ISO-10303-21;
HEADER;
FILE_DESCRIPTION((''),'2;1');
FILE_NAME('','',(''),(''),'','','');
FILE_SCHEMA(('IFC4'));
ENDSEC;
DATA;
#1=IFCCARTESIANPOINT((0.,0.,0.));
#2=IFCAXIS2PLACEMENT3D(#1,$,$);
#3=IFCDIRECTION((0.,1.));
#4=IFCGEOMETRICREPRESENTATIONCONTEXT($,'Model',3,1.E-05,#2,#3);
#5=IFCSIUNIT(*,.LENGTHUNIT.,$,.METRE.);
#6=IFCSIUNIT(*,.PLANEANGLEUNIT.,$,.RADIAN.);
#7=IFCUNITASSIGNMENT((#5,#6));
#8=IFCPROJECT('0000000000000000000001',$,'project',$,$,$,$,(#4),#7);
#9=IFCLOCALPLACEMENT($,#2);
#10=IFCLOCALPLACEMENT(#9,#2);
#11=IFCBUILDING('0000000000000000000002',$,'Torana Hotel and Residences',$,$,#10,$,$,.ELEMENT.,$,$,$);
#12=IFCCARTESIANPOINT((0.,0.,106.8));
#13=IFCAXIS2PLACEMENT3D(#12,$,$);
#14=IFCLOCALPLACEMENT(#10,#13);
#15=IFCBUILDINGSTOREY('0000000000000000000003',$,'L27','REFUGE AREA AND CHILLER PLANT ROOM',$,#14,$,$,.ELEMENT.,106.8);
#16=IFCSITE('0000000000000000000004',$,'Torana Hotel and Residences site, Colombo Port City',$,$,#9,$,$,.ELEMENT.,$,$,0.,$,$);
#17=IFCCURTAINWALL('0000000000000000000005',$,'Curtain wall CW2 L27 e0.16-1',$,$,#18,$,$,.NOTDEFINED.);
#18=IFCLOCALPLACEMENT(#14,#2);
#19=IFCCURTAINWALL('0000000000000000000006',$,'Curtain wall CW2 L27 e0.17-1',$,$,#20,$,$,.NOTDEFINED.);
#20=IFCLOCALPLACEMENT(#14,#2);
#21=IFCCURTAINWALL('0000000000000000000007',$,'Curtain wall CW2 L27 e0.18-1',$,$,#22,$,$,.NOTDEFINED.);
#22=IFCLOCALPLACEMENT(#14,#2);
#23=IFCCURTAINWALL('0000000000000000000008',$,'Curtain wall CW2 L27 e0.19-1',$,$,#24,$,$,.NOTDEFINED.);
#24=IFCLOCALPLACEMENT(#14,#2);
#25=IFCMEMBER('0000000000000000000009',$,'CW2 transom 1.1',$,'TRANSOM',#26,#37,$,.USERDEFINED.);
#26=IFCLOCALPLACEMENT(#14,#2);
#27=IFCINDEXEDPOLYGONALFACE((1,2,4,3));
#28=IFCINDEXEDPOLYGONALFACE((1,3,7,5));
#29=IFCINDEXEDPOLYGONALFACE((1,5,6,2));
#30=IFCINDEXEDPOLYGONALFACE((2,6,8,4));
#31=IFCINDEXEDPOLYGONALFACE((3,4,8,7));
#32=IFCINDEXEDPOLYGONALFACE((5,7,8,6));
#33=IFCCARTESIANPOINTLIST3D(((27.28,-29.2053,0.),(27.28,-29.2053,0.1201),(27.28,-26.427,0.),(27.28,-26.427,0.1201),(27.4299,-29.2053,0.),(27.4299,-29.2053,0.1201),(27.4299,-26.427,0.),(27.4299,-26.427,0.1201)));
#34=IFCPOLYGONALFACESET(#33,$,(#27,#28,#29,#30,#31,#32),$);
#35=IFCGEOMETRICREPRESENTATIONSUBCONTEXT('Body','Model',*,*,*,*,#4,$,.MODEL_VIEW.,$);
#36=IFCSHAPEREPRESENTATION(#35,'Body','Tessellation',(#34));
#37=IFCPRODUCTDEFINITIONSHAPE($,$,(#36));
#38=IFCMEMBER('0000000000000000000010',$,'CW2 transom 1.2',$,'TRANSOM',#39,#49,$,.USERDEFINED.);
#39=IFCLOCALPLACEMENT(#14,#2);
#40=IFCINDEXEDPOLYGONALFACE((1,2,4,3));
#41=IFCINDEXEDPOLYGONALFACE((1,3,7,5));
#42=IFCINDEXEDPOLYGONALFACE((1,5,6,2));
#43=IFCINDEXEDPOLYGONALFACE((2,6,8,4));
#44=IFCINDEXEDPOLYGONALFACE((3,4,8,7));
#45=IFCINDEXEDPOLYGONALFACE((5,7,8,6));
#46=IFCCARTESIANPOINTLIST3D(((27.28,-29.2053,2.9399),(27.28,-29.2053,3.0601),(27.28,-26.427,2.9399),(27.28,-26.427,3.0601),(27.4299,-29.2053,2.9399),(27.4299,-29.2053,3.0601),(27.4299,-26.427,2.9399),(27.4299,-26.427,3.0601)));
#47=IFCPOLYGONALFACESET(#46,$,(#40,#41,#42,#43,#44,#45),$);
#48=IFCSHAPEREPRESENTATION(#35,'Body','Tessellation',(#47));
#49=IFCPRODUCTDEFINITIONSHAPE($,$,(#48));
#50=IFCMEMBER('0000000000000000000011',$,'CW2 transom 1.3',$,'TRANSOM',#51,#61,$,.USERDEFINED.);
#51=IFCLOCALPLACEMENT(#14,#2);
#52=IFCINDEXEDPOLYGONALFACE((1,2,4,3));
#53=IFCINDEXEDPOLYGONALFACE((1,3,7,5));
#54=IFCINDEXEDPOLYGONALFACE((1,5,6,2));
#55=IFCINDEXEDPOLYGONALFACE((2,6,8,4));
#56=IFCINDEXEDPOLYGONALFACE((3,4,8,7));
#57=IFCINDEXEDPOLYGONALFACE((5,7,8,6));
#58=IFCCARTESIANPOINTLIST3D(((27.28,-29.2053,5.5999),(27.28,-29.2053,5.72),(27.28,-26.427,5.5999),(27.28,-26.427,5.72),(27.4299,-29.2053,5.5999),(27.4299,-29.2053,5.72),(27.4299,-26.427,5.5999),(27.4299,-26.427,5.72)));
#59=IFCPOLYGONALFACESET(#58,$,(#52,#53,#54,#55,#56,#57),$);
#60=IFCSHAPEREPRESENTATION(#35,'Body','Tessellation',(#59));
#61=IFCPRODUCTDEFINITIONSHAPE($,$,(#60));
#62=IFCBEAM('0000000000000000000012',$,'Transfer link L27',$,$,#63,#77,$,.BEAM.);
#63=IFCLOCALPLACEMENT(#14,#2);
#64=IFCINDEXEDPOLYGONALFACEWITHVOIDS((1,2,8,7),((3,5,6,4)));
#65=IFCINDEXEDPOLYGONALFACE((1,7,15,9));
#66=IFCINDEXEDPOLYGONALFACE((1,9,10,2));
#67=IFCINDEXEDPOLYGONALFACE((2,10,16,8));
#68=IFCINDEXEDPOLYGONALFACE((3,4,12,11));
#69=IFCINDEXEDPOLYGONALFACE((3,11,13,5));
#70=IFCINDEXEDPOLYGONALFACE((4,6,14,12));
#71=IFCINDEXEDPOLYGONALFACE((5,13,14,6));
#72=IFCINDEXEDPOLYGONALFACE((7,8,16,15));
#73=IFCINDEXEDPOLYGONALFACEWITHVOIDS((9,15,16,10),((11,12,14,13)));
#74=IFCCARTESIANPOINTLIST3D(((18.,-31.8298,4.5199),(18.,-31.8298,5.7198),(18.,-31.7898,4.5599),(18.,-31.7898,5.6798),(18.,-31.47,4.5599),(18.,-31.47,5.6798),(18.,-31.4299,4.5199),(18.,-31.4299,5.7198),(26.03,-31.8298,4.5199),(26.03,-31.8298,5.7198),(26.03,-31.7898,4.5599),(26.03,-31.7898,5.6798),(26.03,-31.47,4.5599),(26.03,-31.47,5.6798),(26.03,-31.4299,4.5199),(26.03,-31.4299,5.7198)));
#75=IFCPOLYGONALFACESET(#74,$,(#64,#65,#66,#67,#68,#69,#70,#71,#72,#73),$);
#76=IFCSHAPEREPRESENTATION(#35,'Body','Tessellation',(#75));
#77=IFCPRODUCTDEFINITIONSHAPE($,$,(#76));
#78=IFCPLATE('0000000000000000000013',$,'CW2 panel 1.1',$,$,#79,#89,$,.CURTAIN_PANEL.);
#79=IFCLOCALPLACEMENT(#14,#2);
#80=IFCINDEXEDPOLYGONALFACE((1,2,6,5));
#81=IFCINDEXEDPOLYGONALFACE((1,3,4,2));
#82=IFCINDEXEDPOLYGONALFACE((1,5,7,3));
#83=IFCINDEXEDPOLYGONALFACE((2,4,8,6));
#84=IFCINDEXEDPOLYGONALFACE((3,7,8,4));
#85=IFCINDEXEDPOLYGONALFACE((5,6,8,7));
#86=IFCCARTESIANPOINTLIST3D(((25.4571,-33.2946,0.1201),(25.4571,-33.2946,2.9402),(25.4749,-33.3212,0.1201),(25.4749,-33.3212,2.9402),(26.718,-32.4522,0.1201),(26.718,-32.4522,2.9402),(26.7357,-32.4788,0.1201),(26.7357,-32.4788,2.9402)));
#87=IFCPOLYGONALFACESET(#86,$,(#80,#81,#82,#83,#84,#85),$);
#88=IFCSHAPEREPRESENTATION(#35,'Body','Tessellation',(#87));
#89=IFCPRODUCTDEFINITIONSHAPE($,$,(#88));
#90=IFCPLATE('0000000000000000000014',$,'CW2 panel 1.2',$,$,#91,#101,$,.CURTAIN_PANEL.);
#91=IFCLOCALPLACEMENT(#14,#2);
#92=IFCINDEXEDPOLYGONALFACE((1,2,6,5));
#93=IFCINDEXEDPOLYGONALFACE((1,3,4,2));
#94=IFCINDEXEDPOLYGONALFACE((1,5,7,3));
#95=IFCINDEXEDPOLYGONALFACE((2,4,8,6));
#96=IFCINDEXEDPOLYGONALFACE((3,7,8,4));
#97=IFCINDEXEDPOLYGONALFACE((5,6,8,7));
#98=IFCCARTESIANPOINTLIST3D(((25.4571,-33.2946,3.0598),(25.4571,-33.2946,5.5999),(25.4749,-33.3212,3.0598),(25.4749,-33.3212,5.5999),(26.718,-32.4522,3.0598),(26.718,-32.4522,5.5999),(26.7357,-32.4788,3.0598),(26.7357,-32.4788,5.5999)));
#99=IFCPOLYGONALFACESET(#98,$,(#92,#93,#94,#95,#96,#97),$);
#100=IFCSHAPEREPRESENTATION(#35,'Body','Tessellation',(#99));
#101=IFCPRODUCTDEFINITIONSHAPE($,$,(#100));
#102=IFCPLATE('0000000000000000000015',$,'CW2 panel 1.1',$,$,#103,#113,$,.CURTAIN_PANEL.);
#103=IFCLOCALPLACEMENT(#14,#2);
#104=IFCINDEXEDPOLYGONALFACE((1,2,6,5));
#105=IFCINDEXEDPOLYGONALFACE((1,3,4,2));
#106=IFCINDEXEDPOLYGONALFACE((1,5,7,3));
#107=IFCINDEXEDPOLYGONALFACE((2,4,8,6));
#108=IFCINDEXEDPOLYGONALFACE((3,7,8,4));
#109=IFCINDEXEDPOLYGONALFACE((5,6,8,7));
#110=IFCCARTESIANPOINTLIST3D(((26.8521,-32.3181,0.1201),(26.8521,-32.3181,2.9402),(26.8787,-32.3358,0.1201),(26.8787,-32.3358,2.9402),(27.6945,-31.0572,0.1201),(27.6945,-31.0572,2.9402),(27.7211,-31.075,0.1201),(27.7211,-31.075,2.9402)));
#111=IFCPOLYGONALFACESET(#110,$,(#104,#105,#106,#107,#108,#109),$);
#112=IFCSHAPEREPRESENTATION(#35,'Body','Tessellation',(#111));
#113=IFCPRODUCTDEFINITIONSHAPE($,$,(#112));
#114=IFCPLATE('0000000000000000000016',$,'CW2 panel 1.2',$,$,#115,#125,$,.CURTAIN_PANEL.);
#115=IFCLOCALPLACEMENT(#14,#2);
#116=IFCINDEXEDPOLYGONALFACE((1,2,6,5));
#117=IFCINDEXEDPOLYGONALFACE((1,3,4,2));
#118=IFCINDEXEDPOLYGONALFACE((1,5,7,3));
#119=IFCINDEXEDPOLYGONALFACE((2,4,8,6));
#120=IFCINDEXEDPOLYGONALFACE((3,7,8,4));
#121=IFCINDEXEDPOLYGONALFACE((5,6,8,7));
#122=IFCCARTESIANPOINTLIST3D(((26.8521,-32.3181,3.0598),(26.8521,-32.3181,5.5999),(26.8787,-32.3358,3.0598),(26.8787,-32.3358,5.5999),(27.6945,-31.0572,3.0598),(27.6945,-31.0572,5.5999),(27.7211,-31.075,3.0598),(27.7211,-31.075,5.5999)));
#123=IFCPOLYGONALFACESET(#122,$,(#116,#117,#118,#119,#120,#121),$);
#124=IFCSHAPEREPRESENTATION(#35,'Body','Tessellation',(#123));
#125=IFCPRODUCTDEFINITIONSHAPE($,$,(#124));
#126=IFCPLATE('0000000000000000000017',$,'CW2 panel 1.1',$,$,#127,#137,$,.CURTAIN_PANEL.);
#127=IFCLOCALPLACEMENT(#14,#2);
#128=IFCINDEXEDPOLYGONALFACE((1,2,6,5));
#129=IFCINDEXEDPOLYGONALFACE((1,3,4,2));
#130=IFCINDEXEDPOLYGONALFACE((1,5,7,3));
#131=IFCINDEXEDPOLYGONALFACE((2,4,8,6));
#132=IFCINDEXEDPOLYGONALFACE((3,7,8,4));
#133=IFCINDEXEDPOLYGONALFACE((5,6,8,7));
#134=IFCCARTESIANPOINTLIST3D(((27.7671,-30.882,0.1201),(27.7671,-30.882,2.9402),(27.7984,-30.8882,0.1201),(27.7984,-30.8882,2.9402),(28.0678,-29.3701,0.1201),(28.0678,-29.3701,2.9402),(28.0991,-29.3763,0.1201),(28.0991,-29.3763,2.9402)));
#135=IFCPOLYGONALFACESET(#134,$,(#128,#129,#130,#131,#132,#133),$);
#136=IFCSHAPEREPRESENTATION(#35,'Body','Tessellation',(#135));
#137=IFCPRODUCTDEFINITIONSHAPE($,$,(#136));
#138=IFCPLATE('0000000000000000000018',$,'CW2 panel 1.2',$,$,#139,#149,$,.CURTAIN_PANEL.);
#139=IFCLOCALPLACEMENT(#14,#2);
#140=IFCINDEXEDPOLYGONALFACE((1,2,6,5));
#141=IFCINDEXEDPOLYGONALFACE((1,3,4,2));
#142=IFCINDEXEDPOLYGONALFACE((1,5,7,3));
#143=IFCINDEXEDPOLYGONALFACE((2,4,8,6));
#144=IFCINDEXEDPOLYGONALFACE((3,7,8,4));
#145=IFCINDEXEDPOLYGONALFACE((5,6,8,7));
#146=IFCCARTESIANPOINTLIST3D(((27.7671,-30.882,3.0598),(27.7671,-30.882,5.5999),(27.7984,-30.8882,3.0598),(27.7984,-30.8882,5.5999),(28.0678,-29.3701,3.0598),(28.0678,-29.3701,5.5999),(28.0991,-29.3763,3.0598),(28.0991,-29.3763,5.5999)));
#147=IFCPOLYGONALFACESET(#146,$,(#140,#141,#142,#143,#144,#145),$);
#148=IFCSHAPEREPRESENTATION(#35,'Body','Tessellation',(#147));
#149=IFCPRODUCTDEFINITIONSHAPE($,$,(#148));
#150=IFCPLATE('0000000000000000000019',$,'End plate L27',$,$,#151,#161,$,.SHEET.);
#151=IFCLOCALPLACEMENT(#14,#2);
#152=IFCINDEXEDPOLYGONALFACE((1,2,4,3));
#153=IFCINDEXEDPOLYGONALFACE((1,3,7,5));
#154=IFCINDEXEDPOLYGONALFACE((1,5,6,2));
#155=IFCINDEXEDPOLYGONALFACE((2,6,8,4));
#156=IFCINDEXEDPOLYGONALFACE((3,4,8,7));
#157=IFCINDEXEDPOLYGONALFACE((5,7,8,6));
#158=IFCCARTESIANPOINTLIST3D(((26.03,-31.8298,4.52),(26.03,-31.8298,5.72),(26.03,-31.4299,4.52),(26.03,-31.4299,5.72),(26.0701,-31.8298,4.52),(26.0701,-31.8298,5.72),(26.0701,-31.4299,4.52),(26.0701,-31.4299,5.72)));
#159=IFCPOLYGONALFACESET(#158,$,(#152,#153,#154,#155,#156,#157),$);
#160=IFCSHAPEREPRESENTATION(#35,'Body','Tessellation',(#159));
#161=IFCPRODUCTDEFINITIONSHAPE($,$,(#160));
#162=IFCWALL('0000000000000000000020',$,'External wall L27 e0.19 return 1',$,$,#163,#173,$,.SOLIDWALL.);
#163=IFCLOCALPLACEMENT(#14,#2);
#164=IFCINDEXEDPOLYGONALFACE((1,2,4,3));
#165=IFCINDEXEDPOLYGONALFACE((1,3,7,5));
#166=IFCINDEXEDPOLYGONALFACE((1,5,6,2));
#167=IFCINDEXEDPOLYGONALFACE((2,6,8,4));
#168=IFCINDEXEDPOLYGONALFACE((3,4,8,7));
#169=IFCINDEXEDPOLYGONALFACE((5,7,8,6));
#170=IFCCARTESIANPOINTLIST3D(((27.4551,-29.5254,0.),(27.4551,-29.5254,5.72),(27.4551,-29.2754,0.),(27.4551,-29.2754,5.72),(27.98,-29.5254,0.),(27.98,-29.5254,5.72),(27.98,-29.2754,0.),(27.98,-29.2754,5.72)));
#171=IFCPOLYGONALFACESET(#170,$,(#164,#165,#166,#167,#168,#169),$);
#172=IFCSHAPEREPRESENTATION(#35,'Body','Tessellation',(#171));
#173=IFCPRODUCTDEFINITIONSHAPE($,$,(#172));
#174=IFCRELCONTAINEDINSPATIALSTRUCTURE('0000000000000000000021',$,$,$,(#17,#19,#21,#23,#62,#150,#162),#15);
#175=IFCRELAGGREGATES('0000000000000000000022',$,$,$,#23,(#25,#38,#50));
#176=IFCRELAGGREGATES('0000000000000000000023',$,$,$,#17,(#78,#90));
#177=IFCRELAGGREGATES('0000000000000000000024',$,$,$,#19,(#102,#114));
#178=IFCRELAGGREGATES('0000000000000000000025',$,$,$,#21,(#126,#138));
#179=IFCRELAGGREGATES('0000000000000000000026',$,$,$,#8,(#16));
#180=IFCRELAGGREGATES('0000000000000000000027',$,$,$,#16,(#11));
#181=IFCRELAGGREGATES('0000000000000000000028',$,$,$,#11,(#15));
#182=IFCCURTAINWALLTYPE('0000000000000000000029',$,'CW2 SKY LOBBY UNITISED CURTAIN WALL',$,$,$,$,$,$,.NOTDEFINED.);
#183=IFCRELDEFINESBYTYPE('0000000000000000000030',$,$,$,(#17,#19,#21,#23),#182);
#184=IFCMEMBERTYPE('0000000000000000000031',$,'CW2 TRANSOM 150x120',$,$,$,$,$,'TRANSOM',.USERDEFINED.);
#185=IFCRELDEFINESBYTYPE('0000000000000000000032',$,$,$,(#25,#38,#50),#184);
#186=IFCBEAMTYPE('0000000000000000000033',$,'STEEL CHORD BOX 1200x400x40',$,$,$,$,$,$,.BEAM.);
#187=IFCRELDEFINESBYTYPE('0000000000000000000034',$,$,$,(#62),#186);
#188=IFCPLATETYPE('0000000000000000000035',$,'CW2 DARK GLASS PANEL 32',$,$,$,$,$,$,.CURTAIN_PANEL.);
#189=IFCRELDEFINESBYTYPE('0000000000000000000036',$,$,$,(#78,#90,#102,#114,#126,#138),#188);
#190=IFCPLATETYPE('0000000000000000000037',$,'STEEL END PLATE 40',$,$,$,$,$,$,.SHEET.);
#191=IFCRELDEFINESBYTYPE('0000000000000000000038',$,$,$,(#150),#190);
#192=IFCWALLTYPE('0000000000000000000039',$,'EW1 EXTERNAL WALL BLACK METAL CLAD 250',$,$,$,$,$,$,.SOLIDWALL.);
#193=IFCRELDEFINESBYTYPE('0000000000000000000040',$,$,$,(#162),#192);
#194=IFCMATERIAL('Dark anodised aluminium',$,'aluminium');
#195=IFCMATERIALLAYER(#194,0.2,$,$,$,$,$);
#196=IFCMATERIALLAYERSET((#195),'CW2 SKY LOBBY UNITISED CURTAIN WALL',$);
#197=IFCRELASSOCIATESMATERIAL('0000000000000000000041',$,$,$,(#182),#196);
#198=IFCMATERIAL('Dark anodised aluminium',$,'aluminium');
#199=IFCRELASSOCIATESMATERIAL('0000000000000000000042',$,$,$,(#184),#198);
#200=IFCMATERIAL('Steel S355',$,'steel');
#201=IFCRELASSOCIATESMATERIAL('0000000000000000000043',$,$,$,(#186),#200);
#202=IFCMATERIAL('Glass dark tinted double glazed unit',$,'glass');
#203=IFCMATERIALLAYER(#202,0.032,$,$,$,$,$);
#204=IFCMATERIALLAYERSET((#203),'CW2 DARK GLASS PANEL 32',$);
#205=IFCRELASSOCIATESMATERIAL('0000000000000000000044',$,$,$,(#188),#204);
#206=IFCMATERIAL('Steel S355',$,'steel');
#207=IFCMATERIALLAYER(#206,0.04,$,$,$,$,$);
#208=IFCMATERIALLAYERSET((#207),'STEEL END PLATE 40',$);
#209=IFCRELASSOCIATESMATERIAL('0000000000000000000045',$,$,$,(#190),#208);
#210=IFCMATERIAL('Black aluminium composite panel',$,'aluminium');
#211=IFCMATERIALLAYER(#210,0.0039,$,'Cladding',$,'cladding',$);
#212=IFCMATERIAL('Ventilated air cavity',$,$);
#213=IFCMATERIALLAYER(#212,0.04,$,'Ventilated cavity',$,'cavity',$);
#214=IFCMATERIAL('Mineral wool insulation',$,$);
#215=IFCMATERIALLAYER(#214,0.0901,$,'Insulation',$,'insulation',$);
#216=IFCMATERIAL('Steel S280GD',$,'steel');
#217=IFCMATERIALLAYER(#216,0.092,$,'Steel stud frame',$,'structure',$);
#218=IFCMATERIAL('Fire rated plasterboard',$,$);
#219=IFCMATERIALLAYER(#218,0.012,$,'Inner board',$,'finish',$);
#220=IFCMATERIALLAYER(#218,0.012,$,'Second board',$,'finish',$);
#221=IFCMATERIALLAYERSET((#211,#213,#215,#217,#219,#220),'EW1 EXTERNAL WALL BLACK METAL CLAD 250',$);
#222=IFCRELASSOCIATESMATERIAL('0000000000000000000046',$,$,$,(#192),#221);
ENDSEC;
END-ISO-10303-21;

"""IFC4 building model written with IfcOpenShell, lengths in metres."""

from ifc_helpers import new_model, si_unit, direction, frame, frame_2d, origin, origin_2d, place, context, subcontext, project, spatial, rectangle, hollow_rectangle, extrude, material, layer, layer_set, material_profile, profile_set, type_object, element, aggregate, save


model = new_model("IFC4")

# Units and contexts
model_context = context("Model", 3, precision=1e-05, world=origin(), true_north=direction((0.0, 1.0)))
body_context = subcontext(model_context, "Body", "Model", "MODEL_VIEW")
ifc_project = project(units=[si_unit("LENGTHUNIT", "METRE"), si_unit("PLANEANGLEUNIT", "RADIAN")], contexts=[model_context])

# Site, building, storey
site_placement = place(None, origin())
site = spatial("IfcSite", under=ifc_project, at=site_placement, Name="Torana Hotel and Residences site, Colombo Port City", CompositionType="ELEMENT", RefElevation=0.0)
building_placement = place(site_placement, origin())
building = spatial("IfcBuilding", under=site, at=building_placement, Name="Torana Hotel and Residences", CompositionType="ELEMENT")
storey_placement = place(building_placement, frame((0.0, 0.0, 106.8)))
storey = spatial("IfcBuildingStorey", under=building, at=storey_placement, Name="L27", Description="REFUGE AREA AND CHILLER PLANT ROOM", CompositionType="ELEMENT", Elevation=106.8)

# Curtain wall
ifc_material_1 = material(Name="Dark anodised aluminium", Category="aluminium")
ifc_layer_1 = layer(ifc_material_1, 0.2)
ifc_layer_set_1 = layer_set([ifc_layer_1], Name="CW2 SKY LOBBY UNITISED CURTAIN WALL")
curtain_wall_type = type_object("IfcCurtainWallType", Name="CW2 SKY LOBBY UNITISED CURTAIN WALL", PredefinedType="NOTDEFINED", material=ifc_layer_set_1)
curtain_wall_1_placement = place(storey_placement, origin())
curtain_wall_1 = element("IfcCurtainWall", 1, at=curtain_wall_1_placement, inside=storey, type_object=curtain_wall_type, Name="Curtain wall CW2 L27 e0.16-1", PredefinedType="NOTDEFINED")

# Curtain walls
curtain_wall_2_placement = place(storey_placement, origin())
curtain_wall_2 = element("IfcCurtainWall", 2, at=curtain_wall_2_placement, inside=storey, type_object=curtain_wall_type, Name="Curtain wall CW2 L27 e0.17-1", PredefinedType="NOTDEFINED")
curtain_wall_3_placement = place(storey_placement, origin())
curtain_wall_3 = element("IfcCurtainWall", 3, at=curtain_wall_3_placement, inside=storey, type_object=curtain_wall_type, Name="Curtain wall CW2 L27 e0.18-1", PredefinedType="NOTDEFINED")

# Curtain wall
curtain_wall_4_placement = place(storey_placement, origin())
curtain_wall_4 = element("IfcCurtainWall", 4, at=curtain_wall_4_placement, inside=storey, type_object=curtain_wall_type, Name="Curtain wall CW2 L27 e0.19-1", PredefinedType="NOTDEFINED")

# Members
ifc_material_2 = material(Name="Dark anodised aluminium", Category="aluminium")
ifc_material_profile_1 = material_profile(ifc_material_2, rectangle(XDim=0.1499, YDim=0.1201, at=origin_2d()), Name="CW2 TRANSOM 150x120")
ifc_profile_set_1 = profile_set([ifc_material_profile_1], Name="Dark anodised aluminium")
member_type_1 = type_object("IfcMemberType", Name="CW2 TRANSOM 150x120", ElementType="TRANSOM", PredefinedType="USERDEFINED", material=ifc_profile_set_1)
member_1_placement = place(storey_placement, frame((27.355, -29.2053, 0.0601), z_axis=(0.0, 1.0, 0.0), x_axis=(-1.0, 0.0, 0.0)))
member_1 = element("IfcMember", 5, at=member_1_placement, type_object=member_type_1, Name="CW2 transom 1.1", ObjectType="TRANSOM", PredefinedType="USERDEFINED", context=body_context, shape_type="SweptSolid", body=[
    extrude(rectangle(XDim=0.1499, YDim=0.1201, at=origin_2d()), origin(), (0.0, 0.0, 1.0), 2.7783),
])
member_2_placement = place(storey_placement, frame((27.355, -29.2053, 3.0), z_axis=(0.0, 1.0, 0.0), x_axis=(-1.0, 0.0, 0.0)))
member_2 = element("IfcMember", 6, at=member_2_placement, type_object=member_type_1, Name="CW2 transom 1.2", ObjectType="TRANSOM", PredefinedType="USERDEFINED", context=body_context, shape_type="SweptSolid", body=[
    extrude(rectangle(XDim=0.1499, YDim=0.1201, at=origin_2d()), origin(), (0.0, 0.0, 1.0), 2.7783),
])
member_3_placement = place(storey_placement, frame((27.355, -29.2053, 5.6599), z_axis=(0.0, 1.0, 0.0), x_axis=(-1.0, 0.0, 0.0)))
member_3 = element("IfcMember", 7, at=member_3_placement, type_object=member_type_1, Name="CW2 transom 1.3", ObjectType="TRANSOM", PredefinedType="USERDEFINED", context=body_context, shape_type="SweptSolid", body=[
    extrude(rectangle(XDim=0.1499, YDim=0.1201, at=origin_2d()), origin(), (0.0, 0.0, 1.0), 2.7783),
])
aggregate(curtain_wall_4, [member_1, member_2, member_3])

# Beam
ifc_material_3 = material(Name="Steel S355", Category="steel")
ifc_material_profile_2 = material_profile(ifc_material_3, hollow_rectangle(XDim=0.3999, YDim=1.2, WallThickness=0.04, at=origin_2d()), Name="BOX 1200x400x40")
ifc_profile_set_2 = profile_set([ifc_material_profile_2], Name="Steel S355")
beam_type = type_object("IfcBeamType", Name="STEEL CHORD BOX 1200x400x40", PredefinedType="BEAM", material=ifc_profile_set_2)
beam_placement = place(storey_placement, frame((26.03, -31.6299, 5.1199), z_axis=(-1.0, 0.0, 0.0), x_axis=(0.0, -1.0, 0.0)))
element("IfcBeam", 8, at=beam_placement, inside=storey, type_object=beam_type, Name="Transfer link L27", PredefinedType="BEAM", context=body_context, shape_type="SweptSolid", body=[
    extrude(hollow_rectangle(XDim=0.3999, YDim=1.2, WallThickness=0.04, at=origin_2d()), origin(), (0.0, 0.0, 1.0), 8.03),
])

# Plates
ifc_material_4 = material(Name="Glass dark tinted double glazed unit", Category="glass")
ifc_layer_2 = layer(ifc_material_4, 0.032)
ifc_layer_set_2 = layer_set([ifc_layer_2], Name="CW2 DARK GLASS PANEL 32")
plate_type_1 = type_object("IfcPlateType", Name="CW2 DARK GLASS PANEL 32", PredefinedType="CURTAIN_PANEL", material=ifc_layer_set_2)
plate_1_placement = place(storey_placement, frame((26.0964, -32.8867, 0.1201), z_axis=(0.0, 0.0, 1.0), x_axis=(0.831474, 0.555564, 0.0)))
plate_1 = element("IfcPlate", 9, at=plate_1_placement, type_object=plate_type_1, Name="CW2 panel 1.1", PredefinedType="CURTAIN_PANEL", context=body_context, shape_type="SweptSolid", body=[
    extrude(rectangle(XDim=1.5164, YDim=0.032, at=origin_2d()), origin(), (0.0, 0.0, 1.0), 2.8201),
])
plate_2_placement = place(storey_placement, frame((26.0964, -32.8867, 3.0598), z_axis=(0.0, 0.0, 1.0), x_axis=(0.831474, 0.555564, 0.0)))
plate_2 = element("IfcPlate", 10, at=plate_2_placement, type_object=plate_type_1, Name="CW2 panel 1.2", PredefinedType="CURTAIN_PANEL", context=body_context, shape_type="SweptSolid", body=[
    extrude(rectangle(XDim=1.5164, YDim=0.032, at=origin_2d()), origin(), (0.0, 0.0, 1.0), 2.54),
])
aggregate(curtain_wall_1, [plate_1, plate_2])
plate_3_placement = place(storey_placement, frame((27.2866, -31.6965, 0.1201), z_axis=(0.0, 0.0, 1.0), x_axis=(0.555564, 0.831474, 0.0)))
plate_3 = element("IfcPlate", 11, at=plate_3_placement, type_object=plate_type_1, Name="CW2 panel 1.1", PredefinedType="CURTAIN_PANEL", context=body_context, shape_type="SweptSolid", body=[
    extrude(rectangle(XDim=1.5164, YDim=0.032, at=origin_2d()), origin(), (0.0, 0.0, 1.0), 2.8201),
])
plate_4_placement = place(storey_placement, frame((27.2866, -31.6965, 3.0598), z_axis=(0.0, 0.0, 1.0), x_axis=(0.555564, 0.831474, 0.0)))
plate_4 = element("IfcPlate", 12, at=plate_4_placement, type_object=plate_type_1, Name="CW2 panel 1.2", PredefinedType="CURTAIN_PANEL", context=body_context, shape_type="SweptSolid", body=[
    extrude(rectangle(XDim=1.5164, YDim=0.032, at=origin_2d()), origin(), (0.0, 0.0, 1.0), 2.54),
])
aggregate(curtain_wall_2, [plate_3, plate_4])
plate_5_placement = place(storey_placement, frame((27.9331, -30.1292, 0.1201), z_axis=(0.0, 0.0, 1.0), x_axis=(0.195064, 0.980791, 0.0)))
plate_5 = element("IfcPlate", 13, at=plate_5_placement, type_object=plate_type_1, Name="CW2 panel 1.1", PredefinedType="CURTAIN_PANEL", context=body_context, shape_type="SweptSolid", body=[
    extrude(rectangle(XDim=1.5415, YDim=0.032, at=origin_2d()), origin(), (0.0, 0.0, 1.0), 2.8201),
])
plate_6_placement = place(storey_placement, frame((27.9331, -30.1292, 3.0598), z_axis=(0.0, 0.0, 1.0), x_axis=(0.195064, 0.980791, 0.0)))
plate_6 = element("IfcPlate", 14, at=plate_6_placement, type_object=plate_type_1, Name="CW2 panel 1.2", PredefinedType="CURTAIN_PANEL", context=body_context, shape_type="SweptSolid", body=[
    extrude(rectangle(XDim=1.5415, YDim=0.032, at=origin_2d()), origin(), (0.0, 0.0, 1.0), 2.54),
])
aggregate(curtain_wall_3, [plate_5, plate_6])
ifc_material_5 = material(Name="Steel S355", Category="steel")
ifc_layer_3 = layer(ifc_material_5, 0.04)
ifc_layer_set_3 = layer_set([ifc_layer_3], Name="STEEL END PLATE 40")
plate_type_2 = type_object("IfcPlateType", Name="STEEL END PLATE 40", PredefinedType="SHEET", material=ifc_layer_set_3)
plate_7_placement = place(storey_placement, frame((26.05, -31.6299, 4.52), z_axis=(0.0, 0.0, 1.0), x_axis=(1.0, 0.0, 0.0)))
element("IfcPlate", 15, at=plate_7_placement, inside=storey, type_object=plate_type_2, Name="End plate L27", PredefinedType="SHEET", context=body_context, shape_type="SweptSolid", body=[
    extrude(rectangle(XDim=0.04, YDim=0.3999, at=origin_2d()), origin(), (0.0, 0.0, 1.0), 1.2),
])

# Wall
ifc_material_6 = material(Name="Black aluminium composite panel", Category="aluminium")
ifc_layer_4 = layer(ifc_material_6, 0.0039, Name="Cladding", Category="cladding")
ifc_material_7 = material(Name="Ventilated air cavity")
ifc_layer_5 = layer(ifc_material_7, 0.04, Name="Ventilated cavity", Category="cavity")
ifc_material_8 = material(Name="Mineral wool insulation")
ifc_layer_6 = layer(ifc_material_8, 0.0901, Name="Insulation", Category="insulation")
ifc_material_9 = material(Name="Steel S280GD", Category="steel")
ifc_layer_7 = layer(ifc_material_9, 0.092, Name="Steel stud frame", Category="structure")
ifc_material_10 = material(Name="Fire rated plasterboard")
ifc_layer_8 = layer(ifc_material_10, 0.012, Name="Inner board", Category="finish")
ifc_layer_9 = layer(ifc_material_10, 0.012, Name="Second board", Category="finish")
ifc_layer_set_4 = layer_set([ifc_layer_4, ifc_layer_5, ifc_layer_6, ifc_layer_7, ifc_layer_8, ifc_layer_9], Name="EW1 EXTERNAL WALL BLACK METAL CLAD 250")
wall_type = type_object("IfcWallType", Name="EW1 EXTERNAL WALL BLACK METAL CLAD 250", PredefinedType="SOLIDWALL", material=ifc_layer_set_4)
wall_placement = place(storey_placement, frame((27.4551, -29.4004, 0.0), z_axis=(0.0, 0.0, 1.0), x_axis=(1.0, 0.0, 0.0)))
element("IfcWall", 16, at=wall_placement, inside=storey, type_object=wall_type, Name="External wall L27 e0.19 return 1", PredefinedType="SOLIDWALL", context=body_context, shape_type="SweptSolid", body=[
    extrude(rectangle(XDim=0.5249, YDim=0.25, at=frame_2d((0.2625, 0.0))), origin(), (0.0, 0.0, 1.0), 5.72),
])

save(model, "model.ifc")
